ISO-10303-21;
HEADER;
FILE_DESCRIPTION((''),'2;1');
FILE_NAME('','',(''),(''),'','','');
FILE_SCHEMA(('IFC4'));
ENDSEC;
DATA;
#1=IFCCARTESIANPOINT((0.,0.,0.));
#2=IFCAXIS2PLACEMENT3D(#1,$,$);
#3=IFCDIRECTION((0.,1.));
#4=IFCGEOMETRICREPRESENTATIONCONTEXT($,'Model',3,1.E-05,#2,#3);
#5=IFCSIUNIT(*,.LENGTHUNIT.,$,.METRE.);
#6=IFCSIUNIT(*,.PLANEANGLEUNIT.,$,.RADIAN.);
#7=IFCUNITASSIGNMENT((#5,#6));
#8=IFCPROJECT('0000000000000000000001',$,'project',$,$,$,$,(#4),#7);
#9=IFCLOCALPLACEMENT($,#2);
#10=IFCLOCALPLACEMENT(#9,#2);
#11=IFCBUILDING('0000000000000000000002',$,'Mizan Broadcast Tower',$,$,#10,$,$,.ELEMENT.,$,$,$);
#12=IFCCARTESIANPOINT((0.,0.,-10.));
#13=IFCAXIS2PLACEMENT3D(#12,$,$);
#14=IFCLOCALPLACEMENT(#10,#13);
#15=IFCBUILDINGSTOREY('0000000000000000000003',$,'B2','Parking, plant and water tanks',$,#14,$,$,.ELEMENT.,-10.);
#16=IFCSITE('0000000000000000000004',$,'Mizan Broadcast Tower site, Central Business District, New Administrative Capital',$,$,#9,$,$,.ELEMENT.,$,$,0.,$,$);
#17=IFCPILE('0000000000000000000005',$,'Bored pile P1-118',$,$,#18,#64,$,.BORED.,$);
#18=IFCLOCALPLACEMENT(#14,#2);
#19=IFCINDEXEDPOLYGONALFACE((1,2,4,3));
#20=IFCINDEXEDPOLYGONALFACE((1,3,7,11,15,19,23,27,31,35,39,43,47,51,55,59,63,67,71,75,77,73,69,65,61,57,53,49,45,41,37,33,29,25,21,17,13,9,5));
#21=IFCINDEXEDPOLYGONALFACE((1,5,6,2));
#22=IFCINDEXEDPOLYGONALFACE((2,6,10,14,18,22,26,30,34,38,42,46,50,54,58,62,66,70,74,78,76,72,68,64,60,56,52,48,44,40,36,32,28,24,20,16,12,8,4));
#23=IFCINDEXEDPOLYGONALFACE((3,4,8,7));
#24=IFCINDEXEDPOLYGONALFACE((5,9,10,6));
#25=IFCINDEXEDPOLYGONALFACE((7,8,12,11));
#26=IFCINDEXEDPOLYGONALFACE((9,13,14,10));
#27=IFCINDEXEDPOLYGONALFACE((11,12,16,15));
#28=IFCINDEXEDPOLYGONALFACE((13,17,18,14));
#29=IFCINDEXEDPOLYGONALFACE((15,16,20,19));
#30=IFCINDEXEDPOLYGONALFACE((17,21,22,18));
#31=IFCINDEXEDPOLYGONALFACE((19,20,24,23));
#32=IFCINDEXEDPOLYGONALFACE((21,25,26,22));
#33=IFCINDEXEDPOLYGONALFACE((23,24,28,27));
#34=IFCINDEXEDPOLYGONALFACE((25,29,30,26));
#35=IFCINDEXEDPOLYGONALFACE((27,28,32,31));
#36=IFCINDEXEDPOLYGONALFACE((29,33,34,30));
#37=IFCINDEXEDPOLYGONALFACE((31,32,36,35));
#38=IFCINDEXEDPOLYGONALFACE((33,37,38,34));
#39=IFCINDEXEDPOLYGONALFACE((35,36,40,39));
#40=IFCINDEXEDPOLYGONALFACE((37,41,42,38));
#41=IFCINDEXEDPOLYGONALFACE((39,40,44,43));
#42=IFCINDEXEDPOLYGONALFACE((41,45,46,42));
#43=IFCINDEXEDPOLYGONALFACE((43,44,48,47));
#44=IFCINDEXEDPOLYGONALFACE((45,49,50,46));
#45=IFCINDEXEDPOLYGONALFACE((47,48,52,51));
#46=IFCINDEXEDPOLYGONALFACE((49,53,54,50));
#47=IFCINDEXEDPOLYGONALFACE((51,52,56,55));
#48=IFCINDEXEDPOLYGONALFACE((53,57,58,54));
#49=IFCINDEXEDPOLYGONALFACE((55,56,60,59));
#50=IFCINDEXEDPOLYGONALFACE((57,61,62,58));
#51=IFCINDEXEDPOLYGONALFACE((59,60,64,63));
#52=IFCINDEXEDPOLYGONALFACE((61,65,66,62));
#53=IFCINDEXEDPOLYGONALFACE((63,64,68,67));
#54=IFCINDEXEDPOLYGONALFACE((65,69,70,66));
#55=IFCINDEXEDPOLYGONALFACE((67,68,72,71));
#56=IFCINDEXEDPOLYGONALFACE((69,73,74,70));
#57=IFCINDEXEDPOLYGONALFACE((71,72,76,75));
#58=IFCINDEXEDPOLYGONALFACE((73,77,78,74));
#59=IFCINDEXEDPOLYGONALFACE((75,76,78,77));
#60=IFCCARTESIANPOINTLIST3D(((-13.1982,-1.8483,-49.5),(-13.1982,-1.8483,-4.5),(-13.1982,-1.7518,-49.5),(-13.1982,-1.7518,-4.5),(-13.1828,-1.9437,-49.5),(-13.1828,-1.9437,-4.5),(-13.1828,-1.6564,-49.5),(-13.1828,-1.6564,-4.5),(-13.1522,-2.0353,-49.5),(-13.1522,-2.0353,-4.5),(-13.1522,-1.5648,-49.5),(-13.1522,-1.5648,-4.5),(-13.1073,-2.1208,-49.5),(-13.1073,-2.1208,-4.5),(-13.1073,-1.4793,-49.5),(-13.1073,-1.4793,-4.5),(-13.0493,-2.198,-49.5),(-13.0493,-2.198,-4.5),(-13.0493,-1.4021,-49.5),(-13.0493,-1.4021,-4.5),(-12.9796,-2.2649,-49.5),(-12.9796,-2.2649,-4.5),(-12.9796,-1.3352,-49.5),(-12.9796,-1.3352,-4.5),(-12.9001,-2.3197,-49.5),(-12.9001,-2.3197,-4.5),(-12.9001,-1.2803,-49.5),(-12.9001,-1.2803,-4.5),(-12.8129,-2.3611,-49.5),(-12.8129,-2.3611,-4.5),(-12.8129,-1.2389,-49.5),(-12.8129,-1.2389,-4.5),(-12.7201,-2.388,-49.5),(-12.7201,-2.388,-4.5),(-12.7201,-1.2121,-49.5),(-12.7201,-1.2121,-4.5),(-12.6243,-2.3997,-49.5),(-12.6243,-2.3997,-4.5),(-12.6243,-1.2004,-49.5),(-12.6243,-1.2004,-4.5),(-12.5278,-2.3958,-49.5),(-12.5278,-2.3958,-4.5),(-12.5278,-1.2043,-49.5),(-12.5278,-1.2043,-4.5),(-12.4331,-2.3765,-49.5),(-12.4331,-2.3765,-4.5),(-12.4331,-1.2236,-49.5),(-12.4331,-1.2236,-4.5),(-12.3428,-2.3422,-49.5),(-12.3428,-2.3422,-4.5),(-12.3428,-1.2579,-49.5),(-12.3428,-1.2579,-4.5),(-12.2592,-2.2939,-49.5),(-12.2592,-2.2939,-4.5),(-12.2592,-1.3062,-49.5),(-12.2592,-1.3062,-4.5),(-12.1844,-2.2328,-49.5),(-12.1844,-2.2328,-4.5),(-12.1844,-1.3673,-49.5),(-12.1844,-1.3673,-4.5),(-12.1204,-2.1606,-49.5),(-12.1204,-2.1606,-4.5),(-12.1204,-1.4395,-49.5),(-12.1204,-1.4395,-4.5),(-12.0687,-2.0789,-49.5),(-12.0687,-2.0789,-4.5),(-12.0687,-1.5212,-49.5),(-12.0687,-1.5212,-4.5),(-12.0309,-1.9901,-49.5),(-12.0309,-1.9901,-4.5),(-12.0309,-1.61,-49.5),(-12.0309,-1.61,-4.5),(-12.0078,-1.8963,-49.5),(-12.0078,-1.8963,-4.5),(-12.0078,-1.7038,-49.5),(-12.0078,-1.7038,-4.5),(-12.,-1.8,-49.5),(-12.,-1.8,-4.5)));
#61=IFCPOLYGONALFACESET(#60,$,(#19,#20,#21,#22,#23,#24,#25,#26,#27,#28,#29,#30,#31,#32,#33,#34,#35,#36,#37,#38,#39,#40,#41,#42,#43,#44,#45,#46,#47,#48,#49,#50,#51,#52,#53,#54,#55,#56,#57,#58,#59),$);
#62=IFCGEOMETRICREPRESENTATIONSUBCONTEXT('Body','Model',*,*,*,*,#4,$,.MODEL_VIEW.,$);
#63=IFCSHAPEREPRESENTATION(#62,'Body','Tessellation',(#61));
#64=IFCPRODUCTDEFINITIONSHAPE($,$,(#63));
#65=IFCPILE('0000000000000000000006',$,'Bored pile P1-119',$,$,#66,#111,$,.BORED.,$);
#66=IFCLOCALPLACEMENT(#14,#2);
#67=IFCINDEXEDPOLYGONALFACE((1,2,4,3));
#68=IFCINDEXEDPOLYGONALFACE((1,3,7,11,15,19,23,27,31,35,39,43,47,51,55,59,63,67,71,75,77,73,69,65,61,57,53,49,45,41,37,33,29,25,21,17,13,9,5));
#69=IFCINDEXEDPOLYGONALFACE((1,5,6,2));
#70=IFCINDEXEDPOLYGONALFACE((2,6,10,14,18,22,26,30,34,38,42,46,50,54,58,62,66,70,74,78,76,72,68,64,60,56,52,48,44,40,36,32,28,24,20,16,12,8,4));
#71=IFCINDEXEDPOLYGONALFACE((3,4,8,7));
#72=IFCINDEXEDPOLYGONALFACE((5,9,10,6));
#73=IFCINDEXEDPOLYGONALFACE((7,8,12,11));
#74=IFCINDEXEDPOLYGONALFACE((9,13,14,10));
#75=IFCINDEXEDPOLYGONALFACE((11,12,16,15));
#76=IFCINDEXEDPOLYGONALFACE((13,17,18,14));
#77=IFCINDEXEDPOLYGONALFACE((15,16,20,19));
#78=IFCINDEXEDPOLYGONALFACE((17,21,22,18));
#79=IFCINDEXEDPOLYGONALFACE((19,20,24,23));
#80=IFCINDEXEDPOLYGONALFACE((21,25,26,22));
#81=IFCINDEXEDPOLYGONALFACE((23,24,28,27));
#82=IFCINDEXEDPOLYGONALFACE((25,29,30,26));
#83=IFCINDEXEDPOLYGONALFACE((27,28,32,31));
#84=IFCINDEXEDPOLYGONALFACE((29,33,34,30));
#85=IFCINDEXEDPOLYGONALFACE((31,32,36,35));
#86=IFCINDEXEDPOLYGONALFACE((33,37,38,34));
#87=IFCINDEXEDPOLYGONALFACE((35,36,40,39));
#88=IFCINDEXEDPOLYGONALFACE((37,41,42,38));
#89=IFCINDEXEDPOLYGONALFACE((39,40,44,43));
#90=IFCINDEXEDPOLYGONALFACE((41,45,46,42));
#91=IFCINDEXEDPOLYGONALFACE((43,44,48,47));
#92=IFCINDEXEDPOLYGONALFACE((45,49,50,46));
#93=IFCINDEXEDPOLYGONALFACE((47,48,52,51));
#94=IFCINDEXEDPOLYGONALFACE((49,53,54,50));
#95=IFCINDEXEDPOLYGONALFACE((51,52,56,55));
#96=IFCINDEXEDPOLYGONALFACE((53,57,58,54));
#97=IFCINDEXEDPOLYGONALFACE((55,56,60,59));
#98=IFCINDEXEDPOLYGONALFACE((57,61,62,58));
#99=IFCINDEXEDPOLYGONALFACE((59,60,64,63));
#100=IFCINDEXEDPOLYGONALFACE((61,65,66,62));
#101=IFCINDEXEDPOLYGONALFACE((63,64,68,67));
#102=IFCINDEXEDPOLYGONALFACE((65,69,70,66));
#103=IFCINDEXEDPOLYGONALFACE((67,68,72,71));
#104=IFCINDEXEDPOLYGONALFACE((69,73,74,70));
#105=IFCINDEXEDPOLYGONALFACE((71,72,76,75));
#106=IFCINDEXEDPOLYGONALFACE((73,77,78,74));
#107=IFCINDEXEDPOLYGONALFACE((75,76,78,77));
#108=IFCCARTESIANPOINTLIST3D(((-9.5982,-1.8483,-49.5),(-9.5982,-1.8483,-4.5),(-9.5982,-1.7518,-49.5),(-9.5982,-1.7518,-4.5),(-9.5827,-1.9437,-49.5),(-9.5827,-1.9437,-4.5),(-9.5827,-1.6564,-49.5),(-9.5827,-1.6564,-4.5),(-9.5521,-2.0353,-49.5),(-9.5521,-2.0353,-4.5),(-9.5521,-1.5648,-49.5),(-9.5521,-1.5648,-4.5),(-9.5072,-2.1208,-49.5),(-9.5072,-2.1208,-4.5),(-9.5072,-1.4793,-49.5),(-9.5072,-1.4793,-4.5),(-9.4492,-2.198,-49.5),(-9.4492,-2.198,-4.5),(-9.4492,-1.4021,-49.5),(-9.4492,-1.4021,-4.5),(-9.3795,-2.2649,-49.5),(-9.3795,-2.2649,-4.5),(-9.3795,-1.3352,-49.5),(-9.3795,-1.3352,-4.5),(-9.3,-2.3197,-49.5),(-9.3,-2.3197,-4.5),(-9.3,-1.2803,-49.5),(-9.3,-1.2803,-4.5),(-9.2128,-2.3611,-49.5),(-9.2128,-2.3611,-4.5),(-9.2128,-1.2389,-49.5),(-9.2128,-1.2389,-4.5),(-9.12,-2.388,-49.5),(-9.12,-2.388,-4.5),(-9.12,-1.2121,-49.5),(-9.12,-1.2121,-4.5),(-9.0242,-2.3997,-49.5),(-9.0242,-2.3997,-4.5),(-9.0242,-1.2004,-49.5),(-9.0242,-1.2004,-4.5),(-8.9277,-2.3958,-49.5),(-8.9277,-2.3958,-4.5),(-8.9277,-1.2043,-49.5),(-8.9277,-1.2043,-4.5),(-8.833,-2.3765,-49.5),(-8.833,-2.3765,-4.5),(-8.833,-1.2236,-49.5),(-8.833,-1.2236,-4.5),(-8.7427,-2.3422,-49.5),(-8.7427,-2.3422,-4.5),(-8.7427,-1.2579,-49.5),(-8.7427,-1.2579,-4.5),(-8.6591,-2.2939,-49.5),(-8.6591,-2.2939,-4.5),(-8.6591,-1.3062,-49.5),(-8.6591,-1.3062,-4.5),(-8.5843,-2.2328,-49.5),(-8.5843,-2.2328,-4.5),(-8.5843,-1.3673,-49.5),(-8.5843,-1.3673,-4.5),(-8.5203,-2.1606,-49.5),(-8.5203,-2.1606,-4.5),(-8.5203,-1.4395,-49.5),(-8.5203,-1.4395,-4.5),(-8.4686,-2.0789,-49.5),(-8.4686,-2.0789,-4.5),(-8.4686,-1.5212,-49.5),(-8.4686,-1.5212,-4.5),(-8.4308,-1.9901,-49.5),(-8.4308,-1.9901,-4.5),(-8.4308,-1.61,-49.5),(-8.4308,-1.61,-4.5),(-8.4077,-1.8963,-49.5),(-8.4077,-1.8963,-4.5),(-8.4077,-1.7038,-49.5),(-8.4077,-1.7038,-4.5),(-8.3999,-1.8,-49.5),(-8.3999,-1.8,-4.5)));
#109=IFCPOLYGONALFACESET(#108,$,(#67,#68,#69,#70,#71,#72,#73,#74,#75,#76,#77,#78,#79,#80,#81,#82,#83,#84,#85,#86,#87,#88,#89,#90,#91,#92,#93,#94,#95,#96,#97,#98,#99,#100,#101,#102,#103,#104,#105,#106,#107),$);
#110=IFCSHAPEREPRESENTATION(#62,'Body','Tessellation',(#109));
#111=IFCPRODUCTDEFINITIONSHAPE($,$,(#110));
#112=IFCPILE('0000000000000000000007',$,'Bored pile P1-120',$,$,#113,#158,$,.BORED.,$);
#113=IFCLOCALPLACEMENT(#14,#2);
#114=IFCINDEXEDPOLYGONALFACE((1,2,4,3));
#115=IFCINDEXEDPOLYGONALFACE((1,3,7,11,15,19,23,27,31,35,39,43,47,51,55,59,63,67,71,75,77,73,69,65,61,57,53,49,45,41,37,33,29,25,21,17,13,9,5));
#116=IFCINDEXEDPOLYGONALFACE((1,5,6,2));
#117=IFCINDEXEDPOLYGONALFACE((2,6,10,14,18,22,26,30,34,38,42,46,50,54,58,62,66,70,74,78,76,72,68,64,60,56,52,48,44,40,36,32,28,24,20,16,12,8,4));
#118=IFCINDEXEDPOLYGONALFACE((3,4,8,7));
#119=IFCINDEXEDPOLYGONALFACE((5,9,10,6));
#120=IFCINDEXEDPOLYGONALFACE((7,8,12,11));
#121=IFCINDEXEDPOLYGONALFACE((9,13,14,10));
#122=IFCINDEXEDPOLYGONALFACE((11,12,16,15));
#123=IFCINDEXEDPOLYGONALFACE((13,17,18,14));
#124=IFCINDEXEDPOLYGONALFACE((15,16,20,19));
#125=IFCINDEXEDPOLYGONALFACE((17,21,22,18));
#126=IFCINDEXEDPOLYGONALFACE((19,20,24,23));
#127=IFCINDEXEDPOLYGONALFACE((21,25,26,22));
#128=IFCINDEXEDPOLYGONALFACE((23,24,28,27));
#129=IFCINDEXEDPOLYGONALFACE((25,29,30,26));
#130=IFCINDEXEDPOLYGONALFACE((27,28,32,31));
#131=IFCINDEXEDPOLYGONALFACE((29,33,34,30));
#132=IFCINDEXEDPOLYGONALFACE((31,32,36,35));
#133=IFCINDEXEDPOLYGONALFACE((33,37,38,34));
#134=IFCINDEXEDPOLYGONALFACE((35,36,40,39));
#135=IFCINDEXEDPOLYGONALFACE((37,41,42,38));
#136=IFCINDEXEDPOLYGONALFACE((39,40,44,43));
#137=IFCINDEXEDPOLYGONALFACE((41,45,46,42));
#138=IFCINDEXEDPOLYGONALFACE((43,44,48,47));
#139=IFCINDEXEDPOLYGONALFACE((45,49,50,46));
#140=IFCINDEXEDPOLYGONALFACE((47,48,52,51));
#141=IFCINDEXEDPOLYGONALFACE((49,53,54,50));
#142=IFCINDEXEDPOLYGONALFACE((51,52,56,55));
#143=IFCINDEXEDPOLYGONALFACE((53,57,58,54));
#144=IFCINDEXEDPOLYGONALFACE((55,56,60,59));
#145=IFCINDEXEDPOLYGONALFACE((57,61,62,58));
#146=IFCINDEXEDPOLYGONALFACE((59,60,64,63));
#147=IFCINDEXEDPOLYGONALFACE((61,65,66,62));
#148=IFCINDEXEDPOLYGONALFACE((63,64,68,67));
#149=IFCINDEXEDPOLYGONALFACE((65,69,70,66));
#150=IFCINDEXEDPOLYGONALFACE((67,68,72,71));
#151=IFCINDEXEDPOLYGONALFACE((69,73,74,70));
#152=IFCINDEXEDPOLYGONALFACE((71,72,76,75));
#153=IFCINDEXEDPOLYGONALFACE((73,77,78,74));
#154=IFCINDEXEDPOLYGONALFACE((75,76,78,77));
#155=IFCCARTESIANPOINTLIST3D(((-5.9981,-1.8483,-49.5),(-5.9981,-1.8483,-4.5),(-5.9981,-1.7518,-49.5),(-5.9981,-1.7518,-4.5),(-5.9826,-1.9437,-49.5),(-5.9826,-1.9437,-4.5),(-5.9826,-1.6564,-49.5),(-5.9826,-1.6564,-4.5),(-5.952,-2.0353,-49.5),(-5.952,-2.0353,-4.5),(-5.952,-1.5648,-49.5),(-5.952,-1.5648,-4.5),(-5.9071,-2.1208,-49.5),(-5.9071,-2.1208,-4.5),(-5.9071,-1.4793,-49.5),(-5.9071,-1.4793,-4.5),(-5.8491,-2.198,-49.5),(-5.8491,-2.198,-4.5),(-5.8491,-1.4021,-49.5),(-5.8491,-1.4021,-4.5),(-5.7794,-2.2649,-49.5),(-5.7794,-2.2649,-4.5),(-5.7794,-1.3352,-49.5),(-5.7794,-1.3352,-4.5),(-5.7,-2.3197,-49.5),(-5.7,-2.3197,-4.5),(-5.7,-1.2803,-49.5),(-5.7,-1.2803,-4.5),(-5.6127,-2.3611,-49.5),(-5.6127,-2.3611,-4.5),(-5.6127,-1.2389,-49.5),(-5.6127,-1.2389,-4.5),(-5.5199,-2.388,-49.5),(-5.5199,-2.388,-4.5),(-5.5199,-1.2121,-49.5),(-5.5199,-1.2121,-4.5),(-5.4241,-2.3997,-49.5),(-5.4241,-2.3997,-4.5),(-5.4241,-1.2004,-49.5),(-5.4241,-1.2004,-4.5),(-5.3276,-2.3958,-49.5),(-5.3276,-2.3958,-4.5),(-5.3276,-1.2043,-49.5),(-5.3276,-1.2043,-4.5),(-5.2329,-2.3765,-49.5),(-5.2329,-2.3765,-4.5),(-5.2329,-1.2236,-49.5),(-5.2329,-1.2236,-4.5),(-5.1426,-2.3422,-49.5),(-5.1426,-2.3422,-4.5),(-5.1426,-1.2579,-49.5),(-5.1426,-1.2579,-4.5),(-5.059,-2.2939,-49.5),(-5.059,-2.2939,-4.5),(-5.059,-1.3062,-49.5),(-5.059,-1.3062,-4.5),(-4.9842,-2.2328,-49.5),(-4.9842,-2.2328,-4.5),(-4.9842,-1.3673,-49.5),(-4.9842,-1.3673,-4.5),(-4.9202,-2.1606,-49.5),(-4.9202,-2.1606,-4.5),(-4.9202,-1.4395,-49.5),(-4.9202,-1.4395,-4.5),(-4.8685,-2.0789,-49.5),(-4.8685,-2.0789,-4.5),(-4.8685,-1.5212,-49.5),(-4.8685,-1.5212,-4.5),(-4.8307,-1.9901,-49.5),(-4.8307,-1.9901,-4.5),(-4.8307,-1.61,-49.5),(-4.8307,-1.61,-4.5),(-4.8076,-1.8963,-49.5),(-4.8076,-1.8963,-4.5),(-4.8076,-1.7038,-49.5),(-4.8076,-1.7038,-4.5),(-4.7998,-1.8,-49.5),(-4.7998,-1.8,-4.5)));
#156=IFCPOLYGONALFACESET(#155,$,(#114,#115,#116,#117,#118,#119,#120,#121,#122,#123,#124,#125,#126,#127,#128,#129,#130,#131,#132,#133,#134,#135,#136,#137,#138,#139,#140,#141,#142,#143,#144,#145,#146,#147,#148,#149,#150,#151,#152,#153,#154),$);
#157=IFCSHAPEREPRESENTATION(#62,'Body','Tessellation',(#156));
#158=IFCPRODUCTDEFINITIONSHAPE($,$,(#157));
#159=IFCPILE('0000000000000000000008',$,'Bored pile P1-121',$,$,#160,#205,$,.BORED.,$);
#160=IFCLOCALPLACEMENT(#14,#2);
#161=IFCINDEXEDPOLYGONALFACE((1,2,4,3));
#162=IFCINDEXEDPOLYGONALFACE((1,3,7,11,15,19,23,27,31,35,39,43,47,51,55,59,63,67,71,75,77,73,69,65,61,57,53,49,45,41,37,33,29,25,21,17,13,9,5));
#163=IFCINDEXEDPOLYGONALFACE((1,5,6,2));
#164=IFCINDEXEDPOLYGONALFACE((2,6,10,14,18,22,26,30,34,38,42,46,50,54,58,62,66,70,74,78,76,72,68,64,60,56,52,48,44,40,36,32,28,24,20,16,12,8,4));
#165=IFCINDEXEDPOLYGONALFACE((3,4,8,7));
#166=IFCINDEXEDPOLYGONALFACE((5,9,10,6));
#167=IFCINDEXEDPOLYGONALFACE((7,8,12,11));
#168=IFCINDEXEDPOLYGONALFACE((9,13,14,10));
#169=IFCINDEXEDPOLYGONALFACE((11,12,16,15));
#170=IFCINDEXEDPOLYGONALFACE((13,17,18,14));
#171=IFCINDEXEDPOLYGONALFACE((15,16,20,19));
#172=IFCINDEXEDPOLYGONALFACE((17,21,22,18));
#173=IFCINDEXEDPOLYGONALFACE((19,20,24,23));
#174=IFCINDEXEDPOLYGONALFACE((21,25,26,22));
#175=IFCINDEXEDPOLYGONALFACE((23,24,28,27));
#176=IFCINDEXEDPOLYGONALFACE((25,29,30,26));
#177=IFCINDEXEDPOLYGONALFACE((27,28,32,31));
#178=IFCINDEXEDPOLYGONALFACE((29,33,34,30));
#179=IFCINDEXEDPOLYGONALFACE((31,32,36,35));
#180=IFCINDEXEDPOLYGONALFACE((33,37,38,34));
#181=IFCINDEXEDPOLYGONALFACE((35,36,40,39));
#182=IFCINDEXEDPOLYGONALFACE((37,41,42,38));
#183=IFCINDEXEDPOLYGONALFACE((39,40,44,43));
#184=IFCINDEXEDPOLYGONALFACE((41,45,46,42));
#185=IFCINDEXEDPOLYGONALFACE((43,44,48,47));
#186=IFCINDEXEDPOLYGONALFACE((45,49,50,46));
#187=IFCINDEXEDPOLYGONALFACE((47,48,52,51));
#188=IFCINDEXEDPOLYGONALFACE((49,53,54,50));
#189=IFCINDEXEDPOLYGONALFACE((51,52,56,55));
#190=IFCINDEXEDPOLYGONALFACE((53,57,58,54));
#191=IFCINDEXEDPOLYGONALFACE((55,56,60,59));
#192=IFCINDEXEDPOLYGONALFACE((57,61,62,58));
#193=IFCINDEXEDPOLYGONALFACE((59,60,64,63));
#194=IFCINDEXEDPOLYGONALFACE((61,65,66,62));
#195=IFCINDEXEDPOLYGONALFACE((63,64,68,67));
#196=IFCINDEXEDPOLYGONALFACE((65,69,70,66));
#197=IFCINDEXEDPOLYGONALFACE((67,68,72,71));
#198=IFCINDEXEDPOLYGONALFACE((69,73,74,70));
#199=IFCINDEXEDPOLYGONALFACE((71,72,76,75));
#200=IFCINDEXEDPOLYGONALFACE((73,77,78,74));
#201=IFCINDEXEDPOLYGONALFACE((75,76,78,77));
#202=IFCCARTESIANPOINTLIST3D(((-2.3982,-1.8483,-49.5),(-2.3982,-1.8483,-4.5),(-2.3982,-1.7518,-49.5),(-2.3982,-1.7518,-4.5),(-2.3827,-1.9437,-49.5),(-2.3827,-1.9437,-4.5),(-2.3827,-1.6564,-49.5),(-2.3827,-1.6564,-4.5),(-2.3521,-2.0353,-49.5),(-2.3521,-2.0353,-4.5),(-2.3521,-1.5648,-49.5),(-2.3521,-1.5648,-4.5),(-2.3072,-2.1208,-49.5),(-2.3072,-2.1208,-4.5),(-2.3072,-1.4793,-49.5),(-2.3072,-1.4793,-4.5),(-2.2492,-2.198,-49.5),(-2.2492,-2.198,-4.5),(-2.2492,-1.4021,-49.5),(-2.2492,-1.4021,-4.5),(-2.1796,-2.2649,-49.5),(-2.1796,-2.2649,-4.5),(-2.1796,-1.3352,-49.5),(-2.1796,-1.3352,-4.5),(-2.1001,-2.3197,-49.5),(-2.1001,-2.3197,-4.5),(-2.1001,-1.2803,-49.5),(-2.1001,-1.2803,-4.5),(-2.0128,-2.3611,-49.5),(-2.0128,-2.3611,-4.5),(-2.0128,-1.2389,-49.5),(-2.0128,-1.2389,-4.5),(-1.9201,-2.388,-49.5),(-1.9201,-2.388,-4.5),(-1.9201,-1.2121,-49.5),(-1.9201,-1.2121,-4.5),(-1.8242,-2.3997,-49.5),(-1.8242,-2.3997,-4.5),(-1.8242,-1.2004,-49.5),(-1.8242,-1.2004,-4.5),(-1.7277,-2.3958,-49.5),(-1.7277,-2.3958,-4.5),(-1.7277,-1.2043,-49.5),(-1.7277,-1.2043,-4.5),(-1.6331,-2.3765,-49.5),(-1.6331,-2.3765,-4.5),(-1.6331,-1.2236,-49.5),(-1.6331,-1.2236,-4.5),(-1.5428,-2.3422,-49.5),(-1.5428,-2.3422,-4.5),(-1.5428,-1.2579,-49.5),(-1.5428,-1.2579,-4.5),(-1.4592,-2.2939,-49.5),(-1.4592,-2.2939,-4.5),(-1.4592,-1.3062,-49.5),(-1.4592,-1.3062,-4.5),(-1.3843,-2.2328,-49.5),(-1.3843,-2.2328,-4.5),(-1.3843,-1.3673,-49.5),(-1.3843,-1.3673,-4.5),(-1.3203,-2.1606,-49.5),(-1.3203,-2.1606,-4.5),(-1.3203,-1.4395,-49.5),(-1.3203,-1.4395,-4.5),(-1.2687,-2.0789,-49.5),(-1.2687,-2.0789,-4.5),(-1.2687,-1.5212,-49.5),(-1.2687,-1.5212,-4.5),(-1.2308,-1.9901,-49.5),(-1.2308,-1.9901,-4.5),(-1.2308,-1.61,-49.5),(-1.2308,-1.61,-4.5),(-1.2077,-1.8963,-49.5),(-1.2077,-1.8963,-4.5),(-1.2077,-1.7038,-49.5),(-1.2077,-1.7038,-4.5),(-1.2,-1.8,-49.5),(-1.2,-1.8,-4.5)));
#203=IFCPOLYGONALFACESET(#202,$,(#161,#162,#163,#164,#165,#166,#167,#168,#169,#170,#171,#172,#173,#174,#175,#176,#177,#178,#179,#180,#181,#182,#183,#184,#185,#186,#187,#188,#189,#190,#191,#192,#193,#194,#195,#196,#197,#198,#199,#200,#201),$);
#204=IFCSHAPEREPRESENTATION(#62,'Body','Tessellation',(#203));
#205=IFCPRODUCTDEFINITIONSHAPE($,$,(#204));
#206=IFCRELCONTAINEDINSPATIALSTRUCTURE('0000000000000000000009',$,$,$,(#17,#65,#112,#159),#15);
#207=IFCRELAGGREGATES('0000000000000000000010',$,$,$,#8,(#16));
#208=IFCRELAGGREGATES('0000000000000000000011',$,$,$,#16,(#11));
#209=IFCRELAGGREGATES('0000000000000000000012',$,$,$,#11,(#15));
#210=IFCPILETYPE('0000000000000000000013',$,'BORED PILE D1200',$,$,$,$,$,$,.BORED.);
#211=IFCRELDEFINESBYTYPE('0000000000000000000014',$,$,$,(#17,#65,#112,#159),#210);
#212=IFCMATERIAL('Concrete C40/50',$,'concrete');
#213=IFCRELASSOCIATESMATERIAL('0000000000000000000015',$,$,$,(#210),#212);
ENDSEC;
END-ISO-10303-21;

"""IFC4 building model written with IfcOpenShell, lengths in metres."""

from ifc_helpers import new_model, si_unit, direction, frame, origin, origin_2d, place, context, subcontext, project, spatial, circle, extrude, material, material_profile, profile_set, type_object, element, save


model = new_model("IFC4")

# Units and contexts
model_context = context("Model", 3, precision=1e-05, world=origin(), true_north=direction((0.0, 1.0)))
body_context = subcontext(model_context, "Body", "Model", "MODEL_VIEW")
ifc_project = project(units=[si_unit("LENGTHUNIT", "METRE"), si_unit("PLANEANGLEUNIT", "RADIAN")], contexts=[model_context])

# Site, building, storey
site_placement = place(None, origin())
site = spatial("IfcSite", under=ifc_project, at=site_placement, Name="Mizan Broadcast Tower site, Central Business District, New Administrative Capital", CompositionType="ELEMENT", RefElevation=0.0)
building_placement = place(site_placement, origin())
building = spatial("IfcBuilding", under=site, at=building_placement, Name="Mizan Broadcast Tower", CompositionType="ELEMENT")
storey_placement = place(building_placement, frame((0.0, 0.0, -10.0)))
storey = spatial("IfcBuildingStorey", under=building, at=storey_placement, Name="B2", Description="Parking, plant and water tanks", CompositionType="ELEMENT", Elevation=-10.0)

# Piles
ifc_material_1 = material(Name="Concrete C40/50", Category="concrete")
ifc_material_profile_1 = material_profile(ifc_material_1, circle(Radius=0.6001, at=origin_2d()), Name="D1200")
ifc_profile_set_1 = profile_set([ifc_material_profile_1], Name="Concrete C40/50")
pile_type = type_object("IfcPileType", Name="BORED PILE D1200", PredefinedType="BORED", material=ifc_profile_set_1)
for number, where, z_axis, x_axis, name in (
    (1, (-12.6001, -1.8, -4.5), (0.0, 0.0, -1.0), (1.0, 0.0, 0.0), "Bored pile P1-118"),
    (2, (-9.0, -1.8, -4.5), (0.0, 0.0, -1.0), (1.0, 0.0, 0.0), "Bored pile P1-119"),
    (3, (-5.3999, -1.8, -4.5), (0.0, 0.0, -1.0), (1.0, 0.0, 0.0), "Bored pile P1-120"),
    (4, (-1.8, -1.8, -4.5), (0.0, 0.0, -1.0), (1.0, 0.0, 0.0), "Bored pile P1-121"),
):
    element("IfcPile", number, at=place(storey_placement, frame(where, z_axis=z_axis, x_axis=x_axis)), inside=storey, type_object=pile_type, Name=name, PredefinedType="BORED", context=body_context, shape_type="SweptSolid", body=[
        extrude(circle(Radius=0.6001, at=origin_2d()), origin(), (0.0, 0.0, 1.0), 45.0),
    ])

save(model, "model.ifc")
